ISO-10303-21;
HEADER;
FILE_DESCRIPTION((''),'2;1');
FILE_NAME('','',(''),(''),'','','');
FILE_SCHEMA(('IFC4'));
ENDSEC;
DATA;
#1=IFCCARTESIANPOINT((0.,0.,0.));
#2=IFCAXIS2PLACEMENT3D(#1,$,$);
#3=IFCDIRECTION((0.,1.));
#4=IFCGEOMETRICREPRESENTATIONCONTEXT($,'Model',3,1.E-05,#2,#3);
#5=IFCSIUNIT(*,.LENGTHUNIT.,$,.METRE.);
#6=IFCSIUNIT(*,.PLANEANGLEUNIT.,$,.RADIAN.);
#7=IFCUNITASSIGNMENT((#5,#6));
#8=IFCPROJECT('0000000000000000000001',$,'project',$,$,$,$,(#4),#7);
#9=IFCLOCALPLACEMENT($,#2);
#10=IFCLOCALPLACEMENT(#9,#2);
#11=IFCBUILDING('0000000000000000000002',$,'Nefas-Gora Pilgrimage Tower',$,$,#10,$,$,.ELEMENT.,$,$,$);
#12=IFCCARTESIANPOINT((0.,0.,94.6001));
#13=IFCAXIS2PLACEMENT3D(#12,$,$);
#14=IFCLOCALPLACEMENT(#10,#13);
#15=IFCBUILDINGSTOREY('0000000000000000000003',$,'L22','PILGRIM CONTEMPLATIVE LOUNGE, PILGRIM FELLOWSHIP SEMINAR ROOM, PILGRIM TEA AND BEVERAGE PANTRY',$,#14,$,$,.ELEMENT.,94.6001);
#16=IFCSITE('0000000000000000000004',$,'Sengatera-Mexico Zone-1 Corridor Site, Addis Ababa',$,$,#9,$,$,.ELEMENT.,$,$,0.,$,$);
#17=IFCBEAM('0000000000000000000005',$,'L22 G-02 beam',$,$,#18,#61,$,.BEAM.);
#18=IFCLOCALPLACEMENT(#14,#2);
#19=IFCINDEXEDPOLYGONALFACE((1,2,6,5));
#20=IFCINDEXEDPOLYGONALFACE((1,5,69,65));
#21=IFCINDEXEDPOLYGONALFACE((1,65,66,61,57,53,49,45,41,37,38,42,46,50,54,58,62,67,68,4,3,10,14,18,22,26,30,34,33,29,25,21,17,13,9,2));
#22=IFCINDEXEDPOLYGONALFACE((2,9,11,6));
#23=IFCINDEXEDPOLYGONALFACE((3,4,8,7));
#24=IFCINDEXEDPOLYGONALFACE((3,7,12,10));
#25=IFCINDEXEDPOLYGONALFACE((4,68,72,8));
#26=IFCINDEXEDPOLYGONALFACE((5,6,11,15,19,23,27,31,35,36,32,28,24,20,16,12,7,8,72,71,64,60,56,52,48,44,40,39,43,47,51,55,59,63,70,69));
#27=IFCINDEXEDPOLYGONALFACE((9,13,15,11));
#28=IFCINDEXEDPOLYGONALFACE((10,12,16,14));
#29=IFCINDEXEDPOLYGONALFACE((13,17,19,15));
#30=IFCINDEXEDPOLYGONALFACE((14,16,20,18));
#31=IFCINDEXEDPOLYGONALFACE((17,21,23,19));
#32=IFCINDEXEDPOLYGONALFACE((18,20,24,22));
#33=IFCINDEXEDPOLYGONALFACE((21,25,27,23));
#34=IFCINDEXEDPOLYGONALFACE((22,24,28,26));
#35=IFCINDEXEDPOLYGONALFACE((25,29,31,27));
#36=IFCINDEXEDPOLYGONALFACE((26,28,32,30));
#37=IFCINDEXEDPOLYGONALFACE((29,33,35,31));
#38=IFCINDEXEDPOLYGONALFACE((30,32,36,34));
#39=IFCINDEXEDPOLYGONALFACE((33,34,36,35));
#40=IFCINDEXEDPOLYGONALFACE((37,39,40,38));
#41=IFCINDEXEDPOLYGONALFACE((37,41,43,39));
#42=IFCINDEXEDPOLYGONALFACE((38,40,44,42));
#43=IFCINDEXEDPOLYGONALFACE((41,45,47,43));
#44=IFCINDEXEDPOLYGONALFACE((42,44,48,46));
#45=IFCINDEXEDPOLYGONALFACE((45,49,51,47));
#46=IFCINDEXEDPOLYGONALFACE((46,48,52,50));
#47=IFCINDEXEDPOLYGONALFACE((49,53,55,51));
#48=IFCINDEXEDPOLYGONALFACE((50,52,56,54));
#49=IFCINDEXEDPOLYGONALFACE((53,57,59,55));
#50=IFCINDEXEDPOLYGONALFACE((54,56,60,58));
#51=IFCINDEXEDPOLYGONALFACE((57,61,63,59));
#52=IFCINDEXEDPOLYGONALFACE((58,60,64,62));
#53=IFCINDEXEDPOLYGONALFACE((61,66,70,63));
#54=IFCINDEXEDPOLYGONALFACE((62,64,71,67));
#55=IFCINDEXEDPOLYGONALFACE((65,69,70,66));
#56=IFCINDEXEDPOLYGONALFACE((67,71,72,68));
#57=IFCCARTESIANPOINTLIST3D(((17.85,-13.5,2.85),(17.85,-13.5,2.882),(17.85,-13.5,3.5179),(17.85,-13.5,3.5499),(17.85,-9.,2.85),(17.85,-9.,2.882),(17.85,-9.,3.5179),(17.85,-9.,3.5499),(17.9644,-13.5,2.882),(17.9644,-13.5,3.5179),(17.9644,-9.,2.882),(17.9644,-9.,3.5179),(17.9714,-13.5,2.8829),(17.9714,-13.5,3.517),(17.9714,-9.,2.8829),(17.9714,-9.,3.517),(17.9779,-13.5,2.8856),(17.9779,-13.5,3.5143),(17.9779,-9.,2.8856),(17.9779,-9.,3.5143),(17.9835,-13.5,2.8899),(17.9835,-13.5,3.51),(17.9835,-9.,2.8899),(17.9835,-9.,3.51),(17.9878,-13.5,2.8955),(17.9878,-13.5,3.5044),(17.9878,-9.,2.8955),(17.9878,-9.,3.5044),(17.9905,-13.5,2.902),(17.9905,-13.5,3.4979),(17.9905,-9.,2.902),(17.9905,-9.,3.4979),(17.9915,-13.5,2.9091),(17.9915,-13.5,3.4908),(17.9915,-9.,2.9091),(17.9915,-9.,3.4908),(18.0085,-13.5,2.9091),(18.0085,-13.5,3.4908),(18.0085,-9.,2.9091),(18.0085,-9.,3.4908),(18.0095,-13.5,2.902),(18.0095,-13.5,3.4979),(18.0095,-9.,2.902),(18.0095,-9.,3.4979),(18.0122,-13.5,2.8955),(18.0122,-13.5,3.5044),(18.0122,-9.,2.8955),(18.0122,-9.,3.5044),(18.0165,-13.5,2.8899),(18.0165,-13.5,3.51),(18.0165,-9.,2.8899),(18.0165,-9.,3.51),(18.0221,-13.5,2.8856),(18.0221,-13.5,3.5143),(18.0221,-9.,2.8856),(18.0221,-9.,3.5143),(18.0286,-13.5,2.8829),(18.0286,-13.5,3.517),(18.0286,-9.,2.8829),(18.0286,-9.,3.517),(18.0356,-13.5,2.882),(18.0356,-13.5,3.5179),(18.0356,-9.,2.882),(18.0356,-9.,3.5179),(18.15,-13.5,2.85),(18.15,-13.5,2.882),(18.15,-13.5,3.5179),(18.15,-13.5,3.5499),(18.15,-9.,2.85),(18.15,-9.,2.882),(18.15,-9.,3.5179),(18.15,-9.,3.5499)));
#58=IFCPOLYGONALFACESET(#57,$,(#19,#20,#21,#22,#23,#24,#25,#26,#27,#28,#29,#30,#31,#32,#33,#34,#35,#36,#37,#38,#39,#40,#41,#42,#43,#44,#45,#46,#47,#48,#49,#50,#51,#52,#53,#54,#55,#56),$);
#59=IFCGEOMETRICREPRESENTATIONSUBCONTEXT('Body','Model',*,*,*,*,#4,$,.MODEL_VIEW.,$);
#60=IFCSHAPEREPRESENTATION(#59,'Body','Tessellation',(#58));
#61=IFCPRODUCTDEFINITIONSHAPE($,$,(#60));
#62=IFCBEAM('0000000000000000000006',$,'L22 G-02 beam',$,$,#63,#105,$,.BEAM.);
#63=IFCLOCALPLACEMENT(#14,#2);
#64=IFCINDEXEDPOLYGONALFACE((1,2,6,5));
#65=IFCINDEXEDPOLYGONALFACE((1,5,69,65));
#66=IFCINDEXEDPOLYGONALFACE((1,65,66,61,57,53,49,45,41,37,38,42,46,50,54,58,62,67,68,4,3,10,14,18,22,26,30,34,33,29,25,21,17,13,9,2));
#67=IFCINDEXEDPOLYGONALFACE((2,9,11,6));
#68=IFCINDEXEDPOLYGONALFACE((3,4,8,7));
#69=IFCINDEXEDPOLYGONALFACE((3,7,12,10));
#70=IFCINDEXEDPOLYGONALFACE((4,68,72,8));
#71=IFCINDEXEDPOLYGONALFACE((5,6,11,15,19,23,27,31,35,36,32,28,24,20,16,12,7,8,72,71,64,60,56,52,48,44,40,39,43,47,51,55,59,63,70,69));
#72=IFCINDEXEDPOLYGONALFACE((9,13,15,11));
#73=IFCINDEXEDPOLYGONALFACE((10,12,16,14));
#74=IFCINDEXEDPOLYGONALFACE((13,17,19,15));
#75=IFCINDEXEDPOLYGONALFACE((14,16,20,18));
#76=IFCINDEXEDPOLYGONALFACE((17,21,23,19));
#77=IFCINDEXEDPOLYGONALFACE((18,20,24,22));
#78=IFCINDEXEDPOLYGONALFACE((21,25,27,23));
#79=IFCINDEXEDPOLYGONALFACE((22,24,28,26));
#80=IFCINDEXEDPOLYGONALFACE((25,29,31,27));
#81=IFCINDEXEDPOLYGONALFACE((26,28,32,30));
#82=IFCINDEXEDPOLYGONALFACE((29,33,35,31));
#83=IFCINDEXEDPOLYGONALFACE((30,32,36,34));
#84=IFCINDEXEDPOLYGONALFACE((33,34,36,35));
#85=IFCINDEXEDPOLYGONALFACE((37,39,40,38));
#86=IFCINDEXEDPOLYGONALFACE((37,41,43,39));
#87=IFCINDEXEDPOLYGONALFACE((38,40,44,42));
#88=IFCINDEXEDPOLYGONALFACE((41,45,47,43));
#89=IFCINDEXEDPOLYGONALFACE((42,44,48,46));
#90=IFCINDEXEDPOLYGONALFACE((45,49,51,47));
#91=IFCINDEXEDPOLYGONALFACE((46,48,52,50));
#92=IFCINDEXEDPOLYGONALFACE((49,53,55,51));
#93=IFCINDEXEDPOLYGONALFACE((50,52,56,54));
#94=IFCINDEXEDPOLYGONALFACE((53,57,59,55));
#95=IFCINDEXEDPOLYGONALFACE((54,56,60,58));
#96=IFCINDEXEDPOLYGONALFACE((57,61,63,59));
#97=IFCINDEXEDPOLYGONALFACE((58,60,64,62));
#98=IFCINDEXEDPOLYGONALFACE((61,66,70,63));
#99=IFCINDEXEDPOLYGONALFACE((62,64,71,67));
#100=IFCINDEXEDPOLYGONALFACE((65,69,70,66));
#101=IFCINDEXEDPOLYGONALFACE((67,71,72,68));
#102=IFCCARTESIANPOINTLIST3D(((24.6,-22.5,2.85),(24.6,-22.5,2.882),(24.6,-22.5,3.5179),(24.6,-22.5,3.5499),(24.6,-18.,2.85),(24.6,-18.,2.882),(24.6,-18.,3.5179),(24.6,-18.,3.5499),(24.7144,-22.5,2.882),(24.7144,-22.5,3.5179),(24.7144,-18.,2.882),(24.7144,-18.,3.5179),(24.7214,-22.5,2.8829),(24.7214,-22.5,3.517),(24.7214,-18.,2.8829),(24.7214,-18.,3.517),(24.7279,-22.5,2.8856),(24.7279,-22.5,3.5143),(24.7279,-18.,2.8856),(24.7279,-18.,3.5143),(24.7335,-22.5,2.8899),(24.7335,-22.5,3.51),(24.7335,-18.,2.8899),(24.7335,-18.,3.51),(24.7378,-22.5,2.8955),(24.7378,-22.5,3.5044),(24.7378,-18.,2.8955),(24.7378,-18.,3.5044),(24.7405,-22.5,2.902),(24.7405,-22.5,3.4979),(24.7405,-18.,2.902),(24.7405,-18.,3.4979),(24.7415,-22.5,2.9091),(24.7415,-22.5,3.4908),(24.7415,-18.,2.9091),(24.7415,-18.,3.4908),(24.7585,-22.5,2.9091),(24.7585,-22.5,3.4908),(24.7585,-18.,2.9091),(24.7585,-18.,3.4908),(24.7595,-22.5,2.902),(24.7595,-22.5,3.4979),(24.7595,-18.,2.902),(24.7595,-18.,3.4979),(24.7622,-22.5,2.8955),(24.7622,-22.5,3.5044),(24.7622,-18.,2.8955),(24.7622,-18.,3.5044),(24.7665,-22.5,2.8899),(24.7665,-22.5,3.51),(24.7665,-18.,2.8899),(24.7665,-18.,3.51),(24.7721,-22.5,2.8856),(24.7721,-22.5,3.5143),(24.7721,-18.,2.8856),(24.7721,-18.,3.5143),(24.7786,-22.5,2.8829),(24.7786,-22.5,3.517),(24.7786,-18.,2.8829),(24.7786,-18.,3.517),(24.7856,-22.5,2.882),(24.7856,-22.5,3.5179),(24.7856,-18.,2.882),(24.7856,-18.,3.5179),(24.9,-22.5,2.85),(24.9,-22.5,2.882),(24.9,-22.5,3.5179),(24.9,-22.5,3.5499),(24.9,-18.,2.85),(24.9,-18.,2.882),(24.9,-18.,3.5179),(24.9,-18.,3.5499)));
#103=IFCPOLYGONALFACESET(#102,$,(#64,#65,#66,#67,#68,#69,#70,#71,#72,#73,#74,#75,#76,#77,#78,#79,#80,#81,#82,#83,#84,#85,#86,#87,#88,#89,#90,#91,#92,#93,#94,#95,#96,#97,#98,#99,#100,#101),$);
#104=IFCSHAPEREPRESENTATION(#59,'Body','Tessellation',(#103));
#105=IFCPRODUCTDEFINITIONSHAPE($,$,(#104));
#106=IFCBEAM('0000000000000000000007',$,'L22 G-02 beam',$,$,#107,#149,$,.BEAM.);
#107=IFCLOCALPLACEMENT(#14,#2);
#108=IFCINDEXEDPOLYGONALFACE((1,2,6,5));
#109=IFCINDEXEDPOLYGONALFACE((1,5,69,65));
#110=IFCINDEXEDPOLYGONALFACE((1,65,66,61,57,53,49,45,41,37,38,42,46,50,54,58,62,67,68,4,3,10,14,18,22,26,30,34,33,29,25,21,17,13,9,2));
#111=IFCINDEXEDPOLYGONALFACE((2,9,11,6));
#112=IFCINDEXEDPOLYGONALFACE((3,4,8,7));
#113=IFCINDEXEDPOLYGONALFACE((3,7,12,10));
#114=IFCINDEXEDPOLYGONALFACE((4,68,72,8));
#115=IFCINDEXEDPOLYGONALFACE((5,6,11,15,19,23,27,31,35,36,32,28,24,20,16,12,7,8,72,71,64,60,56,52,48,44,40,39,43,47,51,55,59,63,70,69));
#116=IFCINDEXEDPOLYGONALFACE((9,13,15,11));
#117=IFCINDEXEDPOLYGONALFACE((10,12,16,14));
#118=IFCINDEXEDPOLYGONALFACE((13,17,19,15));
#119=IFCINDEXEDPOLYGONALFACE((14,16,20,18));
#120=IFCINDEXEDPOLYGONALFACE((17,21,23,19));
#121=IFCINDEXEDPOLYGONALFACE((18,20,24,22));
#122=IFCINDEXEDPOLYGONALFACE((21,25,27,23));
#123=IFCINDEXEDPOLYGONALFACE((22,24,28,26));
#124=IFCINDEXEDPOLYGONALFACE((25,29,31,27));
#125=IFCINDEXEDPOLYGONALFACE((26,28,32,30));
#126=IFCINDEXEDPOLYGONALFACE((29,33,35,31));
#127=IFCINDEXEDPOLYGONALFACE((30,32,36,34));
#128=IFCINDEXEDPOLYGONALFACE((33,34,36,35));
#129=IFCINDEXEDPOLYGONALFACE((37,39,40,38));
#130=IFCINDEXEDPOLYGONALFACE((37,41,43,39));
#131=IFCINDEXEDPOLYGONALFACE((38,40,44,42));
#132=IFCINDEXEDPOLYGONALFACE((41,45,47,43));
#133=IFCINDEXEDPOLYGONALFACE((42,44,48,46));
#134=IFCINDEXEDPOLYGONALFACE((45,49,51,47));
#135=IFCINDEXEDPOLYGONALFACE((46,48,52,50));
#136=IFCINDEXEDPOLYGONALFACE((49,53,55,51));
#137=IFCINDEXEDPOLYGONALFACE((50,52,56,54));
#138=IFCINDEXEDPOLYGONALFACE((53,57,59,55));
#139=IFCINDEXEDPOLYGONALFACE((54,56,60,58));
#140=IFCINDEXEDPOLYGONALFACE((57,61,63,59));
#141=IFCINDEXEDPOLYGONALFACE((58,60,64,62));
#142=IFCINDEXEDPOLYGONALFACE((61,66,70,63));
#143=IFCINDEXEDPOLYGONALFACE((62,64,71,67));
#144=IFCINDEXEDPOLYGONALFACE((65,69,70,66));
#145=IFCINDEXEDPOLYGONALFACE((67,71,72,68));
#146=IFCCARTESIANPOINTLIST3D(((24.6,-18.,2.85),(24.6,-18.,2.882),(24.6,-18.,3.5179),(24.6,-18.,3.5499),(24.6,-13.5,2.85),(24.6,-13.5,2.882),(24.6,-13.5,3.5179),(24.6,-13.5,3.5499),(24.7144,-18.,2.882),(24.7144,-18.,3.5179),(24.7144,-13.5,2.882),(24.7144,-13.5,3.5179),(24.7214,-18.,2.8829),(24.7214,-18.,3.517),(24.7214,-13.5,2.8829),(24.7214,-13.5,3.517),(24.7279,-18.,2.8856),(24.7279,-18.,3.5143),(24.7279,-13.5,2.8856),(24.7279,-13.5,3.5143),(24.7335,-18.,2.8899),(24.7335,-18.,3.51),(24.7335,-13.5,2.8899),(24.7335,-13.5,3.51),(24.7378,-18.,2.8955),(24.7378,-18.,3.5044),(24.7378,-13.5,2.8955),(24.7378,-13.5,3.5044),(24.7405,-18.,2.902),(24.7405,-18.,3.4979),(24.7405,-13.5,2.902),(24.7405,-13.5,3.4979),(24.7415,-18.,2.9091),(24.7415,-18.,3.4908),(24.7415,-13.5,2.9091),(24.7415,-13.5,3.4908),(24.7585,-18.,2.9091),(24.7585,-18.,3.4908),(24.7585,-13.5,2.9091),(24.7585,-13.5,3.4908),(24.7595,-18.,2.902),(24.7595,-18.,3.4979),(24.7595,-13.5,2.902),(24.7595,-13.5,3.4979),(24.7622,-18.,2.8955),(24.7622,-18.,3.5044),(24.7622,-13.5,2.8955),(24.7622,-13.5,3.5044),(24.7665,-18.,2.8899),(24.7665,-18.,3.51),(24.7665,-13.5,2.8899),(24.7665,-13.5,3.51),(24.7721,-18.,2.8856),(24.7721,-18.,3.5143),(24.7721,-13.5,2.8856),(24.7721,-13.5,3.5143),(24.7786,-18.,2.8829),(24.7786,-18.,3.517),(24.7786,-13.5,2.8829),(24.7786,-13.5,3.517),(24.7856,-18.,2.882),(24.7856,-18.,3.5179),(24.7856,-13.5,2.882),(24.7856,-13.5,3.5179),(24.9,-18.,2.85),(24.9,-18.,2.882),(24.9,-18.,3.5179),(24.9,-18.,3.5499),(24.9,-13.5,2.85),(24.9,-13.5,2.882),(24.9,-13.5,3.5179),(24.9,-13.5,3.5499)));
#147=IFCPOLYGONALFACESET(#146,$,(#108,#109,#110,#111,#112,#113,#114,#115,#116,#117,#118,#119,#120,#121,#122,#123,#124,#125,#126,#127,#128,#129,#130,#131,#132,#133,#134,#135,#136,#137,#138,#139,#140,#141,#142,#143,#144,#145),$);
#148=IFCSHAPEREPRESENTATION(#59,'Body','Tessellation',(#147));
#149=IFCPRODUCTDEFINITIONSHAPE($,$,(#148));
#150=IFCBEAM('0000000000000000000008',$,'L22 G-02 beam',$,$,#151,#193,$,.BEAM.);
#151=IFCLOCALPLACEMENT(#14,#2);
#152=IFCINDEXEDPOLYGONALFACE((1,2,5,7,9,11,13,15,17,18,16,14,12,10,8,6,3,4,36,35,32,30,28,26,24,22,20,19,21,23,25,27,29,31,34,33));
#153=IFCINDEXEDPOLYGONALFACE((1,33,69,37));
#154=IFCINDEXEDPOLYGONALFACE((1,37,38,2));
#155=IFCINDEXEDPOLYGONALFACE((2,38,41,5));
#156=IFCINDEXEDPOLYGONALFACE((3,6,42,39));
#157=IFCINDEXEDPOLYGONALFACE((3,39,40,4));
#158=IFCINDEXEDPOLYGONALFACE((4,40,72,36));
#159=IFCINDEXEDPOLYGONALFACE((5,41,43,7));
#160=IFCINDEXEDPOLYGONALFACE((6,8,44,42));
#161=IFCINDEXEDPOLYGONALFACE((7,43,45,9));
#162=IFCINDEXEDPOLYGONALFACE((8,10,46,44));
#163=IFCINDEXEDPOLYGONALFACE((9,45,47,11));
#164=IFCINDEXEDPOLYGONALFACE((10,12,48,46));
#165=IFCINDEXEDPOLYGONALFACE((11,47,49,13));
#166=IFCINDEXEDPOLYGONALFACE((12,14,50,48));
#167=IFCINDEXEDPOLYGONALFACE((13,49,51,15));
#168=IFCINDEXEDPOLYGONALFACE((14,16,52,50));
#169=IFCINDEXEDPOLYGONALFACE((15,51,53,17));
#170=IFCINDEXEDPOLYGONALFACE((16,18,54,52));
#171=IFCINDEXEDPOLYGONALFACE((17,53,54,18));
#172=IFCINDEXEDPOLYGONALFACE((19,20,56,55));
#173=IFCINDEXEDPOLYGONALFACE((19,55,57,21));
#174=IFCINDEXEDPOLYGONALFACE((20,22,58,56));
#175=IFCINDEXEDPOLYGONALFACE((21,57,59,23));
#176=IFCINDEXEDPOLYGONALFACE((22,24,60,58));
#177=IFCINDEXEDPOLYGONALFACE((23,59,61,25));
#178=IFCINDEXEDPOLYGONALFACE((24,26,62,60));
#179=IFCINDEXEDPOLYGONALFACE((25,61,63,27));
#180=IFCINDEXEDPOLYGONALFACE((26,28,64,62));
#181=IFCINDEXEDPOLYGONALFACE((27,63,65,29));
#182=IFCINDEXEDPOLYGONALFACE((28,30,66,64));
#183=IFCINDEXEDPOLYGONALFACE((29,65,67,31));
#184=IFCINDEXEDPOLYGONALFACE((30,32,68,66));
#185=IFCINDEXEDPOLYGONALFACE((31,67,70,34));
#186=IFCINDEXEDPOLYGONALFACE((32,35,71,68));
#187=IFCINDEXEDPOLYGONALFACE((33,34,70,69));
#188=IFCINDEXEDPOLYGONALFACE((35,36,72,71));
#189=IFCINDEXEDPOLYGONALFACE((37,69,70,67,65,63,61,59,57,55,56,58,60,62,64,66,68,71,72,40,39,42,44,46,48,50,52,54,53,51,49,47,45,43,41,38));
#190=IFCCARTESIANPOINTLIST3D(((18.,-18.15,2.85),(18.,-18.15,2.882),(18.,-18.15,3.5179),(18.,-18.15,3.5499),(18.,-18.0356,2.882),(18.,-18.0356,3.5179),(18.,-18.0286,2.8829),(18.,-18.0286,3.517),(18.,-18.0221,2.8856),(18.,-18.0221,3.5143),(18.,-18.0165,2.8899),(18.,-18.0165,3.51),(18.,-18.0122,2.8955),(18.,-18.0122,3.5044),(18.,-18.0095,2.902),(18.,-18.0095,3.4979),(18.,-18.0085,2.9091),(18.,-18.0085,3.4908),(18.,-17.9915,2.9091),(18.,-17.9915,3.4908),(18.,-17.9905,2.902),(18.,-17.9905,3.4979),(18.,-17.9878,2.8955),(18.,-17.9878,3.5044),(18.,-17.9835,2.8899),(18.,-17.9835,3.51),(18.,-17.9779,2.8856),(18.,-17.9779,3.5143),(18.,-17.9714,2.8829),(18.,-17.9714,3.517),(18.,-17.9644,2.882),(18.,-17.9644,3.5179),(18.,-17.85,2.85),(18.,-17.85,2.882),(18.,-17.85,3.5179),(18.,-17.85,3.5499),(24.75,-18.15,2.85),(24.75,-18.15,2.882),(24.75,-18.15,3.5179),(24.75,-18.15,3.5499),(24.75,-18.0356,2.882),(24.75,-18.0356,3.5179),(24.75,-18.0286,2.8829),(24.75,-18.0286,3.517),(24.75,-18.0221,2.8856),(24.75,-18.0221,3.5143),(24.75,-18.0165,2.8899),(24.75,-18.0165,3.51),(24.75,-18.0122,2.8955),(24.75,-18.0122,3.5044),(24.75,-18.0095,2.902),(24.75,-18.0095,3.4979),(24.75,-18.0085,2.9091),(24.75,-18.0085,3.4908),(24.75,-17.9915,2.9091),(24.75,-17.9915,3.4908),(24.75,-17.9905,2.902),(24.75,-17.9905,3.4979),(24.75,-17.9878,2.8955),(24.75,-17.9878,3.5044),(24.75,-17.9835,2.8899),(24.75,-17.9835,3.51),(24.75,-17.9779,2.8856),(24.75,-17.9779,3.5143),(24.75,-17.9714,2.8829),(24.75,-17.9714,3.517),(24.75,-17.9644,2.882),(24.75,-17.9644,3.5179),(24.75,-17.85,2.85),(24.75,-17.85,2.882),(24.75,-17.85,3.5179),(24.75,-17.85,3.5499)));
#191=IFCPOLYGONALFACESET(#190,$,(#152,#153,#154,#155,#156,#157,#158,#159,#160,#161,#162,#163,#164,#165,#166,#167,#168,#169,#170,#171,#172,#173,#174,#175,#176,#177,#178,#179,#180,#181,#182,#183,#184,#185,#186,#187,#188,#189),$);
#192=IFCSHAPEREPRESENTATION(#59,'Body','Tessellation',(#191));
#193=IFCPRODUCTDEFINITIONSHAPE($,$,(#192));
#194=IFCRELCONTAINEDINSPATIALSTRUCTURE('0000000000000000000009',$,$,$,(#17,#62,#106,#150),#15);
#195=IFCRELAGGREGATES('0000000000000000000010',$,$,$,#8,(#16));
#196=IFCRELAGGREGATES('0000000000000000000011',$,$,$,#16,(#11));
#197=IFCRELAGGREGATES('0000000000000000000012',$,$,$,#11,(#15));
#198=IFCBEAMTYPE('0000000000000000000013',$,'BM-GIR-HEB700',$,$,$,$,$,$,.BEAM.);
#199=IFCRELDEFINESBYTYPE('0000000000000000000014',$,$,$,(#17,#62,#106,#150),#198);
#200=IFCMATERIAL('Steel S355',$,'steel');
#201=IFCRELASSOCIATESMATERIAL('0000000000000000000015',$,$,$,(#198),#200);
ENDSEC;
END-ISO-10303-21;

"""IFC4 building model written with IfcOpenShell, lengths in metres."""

from ifc_helpers import new_model, si_unit, direction, frame, origin, origin_2d, place, context, subcontext, project, spatial, i_section, extrude, source, transform, mapped, material, material_profile, profile_set, type_object, element, save


model = new_model("IFC4")

# Units and contexts
model_context = context("Model", 3, precision=1e-05, world=origin(), true_north=direction((0.0, 1.0)))
body_context = subcontext(model_context, "Body", "Model", "MODEL_VIEW")
ifc_project = project(units=[si_unit("LENGTHUNIT", "METRE"), si_unit("PLANEANGLEUNIT", "RADIAN")], contexts=[model_context])

# Site, building, storey
site_placement = place(None, origin())
site = spatial("IfcSite", under=ifc_project, at=site_placement, Name="Sengatera-Mexico Zone-1 Corridor Site, Addis Ababa", CompositionType="ELEMENT", RefElevation=0.0)
building_placement = place(site_placement, origin())
building = spatial("IfcBuilding", under=site, at=building_placement, Name="Nefas-Gora Pilgrimage Tower", CompositionType="ELEMENT")
storey_placement = place(building_placement, frame((0.0, 0.0, 94.6001)))
storey = spatial("IfcBuildingStorey", under=building, at=storey_placement, Name="L22", Description="PILGRIM CONTEMPLATIVE LOUNGE, PILGRIM FELLOWSHIP SEMINAR ROOM, PILGRIM TEA AND BEVERAGE PANTRY", CompositionType="ELEMENT", Elevation=94.6001)

# Beams
ifc_material_1 = material(Name="Steel S355", Category="steel")
ifc_material_profile_1 = material_profile(ifc_material_1, i_section(OverallWidth=0.3, OverallDepth=0.7, WebThickness=0.0171, FlangeThickness=0.032, FilletRadius=0.0271, at=origin_2d()), Name="HEB 700")
ifc_profile_set_1 = profile_set([ifc_material_profile_1], Name="Steel S355")
beam_type_1 = type_object("IfcBeamType", Name="BM-GIR-HEB700", PredefinedType="BEAM", material=ifc_profile_set_1)
shared_shape_1 = source(origin(), body_context, "Body", "SweptSolid", [
    extrude(i_section(OverallWidth=0.3, OverallDepth=0.7, WebThickness=0.0171, FlangeThickness=0.032, FilletRadius=0.0271, at=origin_2d()), origin(), (0.0, 0.0, 1.0), 4.5),
])
for number, where, z_axis, x_axis, name in (
    (1, (18.0, -13.5, 3.2), (0.0, 1.0, 0.0), (-1.0, 0.0, 0.0), "L22 G-02 beam"),
    (2, (24.75, -22.5, 3.2), (0.0, 1.0, 0.0), (-1.0, 0.0, 0.0), "L22 G-02 beam"),
    (3, (24.75, -18.0, 3.2), (0.0, 1.0, 0.0), (-1.0, 0.0, 0.0), "L22 G-02 beam"),
):
    element("IfcBeam", number, at=place(storey_placement, frame(where, z_axis=z_axis, x_axis=x_axis)), inside=storey, type_object=beam_type_1, Name=name, PredefinedType="BEAM", context=body_context, shape_type="MappedRepresentation", body=[
        mapped(shared_shape_1, transform((0.0, 0.0, 0.0), x_axis=(1.0, 0.0, 0.0), y_axis=(0.0, 1.0, 0.0), z_axis=(0.0, 0.0, 1.0), scale=1.0)),
    ])
shared_shape_2 = source(origin(), body_context, "Body", "SweptSolid", [
    extrude(i_section(OverallWidth=0.3, OverallDepth=0.7, WebThickness=0.0171, FlangeThickness=0.032, FilletRadius=0.0271, at=origin_2d()), origin(), (0.0, 0.0, 1.0), 6.75),
])
for number, where, z_axis, x_axis, name in (
    (4, (18.0, -18.0, 3.2), (1.0, 0.0, 0.0), (0.0, 1.0, 0.0), "L22 G-02 beam"),
):
    element("IfcBeam", number, at=place(storey_placement, frame(where, z_axis=z_axis, x_axis=x_axis)), inside=storey, type_object=beam_type_1, Name=name, PredefinedType="BEAM", context=body_context, shape_type="MappedRepresentation", body=[
        mapped(shared_shape_2, transform((0.0, 0.0, 0.0), x_axis=(1.0, 0.0, 0.0), y_axis=(0.0, 1.0, 0.0), z_axis=(0.0, 0.0, 1.0), scale=1.0)),
    ])

save(model, "model.ifc")
